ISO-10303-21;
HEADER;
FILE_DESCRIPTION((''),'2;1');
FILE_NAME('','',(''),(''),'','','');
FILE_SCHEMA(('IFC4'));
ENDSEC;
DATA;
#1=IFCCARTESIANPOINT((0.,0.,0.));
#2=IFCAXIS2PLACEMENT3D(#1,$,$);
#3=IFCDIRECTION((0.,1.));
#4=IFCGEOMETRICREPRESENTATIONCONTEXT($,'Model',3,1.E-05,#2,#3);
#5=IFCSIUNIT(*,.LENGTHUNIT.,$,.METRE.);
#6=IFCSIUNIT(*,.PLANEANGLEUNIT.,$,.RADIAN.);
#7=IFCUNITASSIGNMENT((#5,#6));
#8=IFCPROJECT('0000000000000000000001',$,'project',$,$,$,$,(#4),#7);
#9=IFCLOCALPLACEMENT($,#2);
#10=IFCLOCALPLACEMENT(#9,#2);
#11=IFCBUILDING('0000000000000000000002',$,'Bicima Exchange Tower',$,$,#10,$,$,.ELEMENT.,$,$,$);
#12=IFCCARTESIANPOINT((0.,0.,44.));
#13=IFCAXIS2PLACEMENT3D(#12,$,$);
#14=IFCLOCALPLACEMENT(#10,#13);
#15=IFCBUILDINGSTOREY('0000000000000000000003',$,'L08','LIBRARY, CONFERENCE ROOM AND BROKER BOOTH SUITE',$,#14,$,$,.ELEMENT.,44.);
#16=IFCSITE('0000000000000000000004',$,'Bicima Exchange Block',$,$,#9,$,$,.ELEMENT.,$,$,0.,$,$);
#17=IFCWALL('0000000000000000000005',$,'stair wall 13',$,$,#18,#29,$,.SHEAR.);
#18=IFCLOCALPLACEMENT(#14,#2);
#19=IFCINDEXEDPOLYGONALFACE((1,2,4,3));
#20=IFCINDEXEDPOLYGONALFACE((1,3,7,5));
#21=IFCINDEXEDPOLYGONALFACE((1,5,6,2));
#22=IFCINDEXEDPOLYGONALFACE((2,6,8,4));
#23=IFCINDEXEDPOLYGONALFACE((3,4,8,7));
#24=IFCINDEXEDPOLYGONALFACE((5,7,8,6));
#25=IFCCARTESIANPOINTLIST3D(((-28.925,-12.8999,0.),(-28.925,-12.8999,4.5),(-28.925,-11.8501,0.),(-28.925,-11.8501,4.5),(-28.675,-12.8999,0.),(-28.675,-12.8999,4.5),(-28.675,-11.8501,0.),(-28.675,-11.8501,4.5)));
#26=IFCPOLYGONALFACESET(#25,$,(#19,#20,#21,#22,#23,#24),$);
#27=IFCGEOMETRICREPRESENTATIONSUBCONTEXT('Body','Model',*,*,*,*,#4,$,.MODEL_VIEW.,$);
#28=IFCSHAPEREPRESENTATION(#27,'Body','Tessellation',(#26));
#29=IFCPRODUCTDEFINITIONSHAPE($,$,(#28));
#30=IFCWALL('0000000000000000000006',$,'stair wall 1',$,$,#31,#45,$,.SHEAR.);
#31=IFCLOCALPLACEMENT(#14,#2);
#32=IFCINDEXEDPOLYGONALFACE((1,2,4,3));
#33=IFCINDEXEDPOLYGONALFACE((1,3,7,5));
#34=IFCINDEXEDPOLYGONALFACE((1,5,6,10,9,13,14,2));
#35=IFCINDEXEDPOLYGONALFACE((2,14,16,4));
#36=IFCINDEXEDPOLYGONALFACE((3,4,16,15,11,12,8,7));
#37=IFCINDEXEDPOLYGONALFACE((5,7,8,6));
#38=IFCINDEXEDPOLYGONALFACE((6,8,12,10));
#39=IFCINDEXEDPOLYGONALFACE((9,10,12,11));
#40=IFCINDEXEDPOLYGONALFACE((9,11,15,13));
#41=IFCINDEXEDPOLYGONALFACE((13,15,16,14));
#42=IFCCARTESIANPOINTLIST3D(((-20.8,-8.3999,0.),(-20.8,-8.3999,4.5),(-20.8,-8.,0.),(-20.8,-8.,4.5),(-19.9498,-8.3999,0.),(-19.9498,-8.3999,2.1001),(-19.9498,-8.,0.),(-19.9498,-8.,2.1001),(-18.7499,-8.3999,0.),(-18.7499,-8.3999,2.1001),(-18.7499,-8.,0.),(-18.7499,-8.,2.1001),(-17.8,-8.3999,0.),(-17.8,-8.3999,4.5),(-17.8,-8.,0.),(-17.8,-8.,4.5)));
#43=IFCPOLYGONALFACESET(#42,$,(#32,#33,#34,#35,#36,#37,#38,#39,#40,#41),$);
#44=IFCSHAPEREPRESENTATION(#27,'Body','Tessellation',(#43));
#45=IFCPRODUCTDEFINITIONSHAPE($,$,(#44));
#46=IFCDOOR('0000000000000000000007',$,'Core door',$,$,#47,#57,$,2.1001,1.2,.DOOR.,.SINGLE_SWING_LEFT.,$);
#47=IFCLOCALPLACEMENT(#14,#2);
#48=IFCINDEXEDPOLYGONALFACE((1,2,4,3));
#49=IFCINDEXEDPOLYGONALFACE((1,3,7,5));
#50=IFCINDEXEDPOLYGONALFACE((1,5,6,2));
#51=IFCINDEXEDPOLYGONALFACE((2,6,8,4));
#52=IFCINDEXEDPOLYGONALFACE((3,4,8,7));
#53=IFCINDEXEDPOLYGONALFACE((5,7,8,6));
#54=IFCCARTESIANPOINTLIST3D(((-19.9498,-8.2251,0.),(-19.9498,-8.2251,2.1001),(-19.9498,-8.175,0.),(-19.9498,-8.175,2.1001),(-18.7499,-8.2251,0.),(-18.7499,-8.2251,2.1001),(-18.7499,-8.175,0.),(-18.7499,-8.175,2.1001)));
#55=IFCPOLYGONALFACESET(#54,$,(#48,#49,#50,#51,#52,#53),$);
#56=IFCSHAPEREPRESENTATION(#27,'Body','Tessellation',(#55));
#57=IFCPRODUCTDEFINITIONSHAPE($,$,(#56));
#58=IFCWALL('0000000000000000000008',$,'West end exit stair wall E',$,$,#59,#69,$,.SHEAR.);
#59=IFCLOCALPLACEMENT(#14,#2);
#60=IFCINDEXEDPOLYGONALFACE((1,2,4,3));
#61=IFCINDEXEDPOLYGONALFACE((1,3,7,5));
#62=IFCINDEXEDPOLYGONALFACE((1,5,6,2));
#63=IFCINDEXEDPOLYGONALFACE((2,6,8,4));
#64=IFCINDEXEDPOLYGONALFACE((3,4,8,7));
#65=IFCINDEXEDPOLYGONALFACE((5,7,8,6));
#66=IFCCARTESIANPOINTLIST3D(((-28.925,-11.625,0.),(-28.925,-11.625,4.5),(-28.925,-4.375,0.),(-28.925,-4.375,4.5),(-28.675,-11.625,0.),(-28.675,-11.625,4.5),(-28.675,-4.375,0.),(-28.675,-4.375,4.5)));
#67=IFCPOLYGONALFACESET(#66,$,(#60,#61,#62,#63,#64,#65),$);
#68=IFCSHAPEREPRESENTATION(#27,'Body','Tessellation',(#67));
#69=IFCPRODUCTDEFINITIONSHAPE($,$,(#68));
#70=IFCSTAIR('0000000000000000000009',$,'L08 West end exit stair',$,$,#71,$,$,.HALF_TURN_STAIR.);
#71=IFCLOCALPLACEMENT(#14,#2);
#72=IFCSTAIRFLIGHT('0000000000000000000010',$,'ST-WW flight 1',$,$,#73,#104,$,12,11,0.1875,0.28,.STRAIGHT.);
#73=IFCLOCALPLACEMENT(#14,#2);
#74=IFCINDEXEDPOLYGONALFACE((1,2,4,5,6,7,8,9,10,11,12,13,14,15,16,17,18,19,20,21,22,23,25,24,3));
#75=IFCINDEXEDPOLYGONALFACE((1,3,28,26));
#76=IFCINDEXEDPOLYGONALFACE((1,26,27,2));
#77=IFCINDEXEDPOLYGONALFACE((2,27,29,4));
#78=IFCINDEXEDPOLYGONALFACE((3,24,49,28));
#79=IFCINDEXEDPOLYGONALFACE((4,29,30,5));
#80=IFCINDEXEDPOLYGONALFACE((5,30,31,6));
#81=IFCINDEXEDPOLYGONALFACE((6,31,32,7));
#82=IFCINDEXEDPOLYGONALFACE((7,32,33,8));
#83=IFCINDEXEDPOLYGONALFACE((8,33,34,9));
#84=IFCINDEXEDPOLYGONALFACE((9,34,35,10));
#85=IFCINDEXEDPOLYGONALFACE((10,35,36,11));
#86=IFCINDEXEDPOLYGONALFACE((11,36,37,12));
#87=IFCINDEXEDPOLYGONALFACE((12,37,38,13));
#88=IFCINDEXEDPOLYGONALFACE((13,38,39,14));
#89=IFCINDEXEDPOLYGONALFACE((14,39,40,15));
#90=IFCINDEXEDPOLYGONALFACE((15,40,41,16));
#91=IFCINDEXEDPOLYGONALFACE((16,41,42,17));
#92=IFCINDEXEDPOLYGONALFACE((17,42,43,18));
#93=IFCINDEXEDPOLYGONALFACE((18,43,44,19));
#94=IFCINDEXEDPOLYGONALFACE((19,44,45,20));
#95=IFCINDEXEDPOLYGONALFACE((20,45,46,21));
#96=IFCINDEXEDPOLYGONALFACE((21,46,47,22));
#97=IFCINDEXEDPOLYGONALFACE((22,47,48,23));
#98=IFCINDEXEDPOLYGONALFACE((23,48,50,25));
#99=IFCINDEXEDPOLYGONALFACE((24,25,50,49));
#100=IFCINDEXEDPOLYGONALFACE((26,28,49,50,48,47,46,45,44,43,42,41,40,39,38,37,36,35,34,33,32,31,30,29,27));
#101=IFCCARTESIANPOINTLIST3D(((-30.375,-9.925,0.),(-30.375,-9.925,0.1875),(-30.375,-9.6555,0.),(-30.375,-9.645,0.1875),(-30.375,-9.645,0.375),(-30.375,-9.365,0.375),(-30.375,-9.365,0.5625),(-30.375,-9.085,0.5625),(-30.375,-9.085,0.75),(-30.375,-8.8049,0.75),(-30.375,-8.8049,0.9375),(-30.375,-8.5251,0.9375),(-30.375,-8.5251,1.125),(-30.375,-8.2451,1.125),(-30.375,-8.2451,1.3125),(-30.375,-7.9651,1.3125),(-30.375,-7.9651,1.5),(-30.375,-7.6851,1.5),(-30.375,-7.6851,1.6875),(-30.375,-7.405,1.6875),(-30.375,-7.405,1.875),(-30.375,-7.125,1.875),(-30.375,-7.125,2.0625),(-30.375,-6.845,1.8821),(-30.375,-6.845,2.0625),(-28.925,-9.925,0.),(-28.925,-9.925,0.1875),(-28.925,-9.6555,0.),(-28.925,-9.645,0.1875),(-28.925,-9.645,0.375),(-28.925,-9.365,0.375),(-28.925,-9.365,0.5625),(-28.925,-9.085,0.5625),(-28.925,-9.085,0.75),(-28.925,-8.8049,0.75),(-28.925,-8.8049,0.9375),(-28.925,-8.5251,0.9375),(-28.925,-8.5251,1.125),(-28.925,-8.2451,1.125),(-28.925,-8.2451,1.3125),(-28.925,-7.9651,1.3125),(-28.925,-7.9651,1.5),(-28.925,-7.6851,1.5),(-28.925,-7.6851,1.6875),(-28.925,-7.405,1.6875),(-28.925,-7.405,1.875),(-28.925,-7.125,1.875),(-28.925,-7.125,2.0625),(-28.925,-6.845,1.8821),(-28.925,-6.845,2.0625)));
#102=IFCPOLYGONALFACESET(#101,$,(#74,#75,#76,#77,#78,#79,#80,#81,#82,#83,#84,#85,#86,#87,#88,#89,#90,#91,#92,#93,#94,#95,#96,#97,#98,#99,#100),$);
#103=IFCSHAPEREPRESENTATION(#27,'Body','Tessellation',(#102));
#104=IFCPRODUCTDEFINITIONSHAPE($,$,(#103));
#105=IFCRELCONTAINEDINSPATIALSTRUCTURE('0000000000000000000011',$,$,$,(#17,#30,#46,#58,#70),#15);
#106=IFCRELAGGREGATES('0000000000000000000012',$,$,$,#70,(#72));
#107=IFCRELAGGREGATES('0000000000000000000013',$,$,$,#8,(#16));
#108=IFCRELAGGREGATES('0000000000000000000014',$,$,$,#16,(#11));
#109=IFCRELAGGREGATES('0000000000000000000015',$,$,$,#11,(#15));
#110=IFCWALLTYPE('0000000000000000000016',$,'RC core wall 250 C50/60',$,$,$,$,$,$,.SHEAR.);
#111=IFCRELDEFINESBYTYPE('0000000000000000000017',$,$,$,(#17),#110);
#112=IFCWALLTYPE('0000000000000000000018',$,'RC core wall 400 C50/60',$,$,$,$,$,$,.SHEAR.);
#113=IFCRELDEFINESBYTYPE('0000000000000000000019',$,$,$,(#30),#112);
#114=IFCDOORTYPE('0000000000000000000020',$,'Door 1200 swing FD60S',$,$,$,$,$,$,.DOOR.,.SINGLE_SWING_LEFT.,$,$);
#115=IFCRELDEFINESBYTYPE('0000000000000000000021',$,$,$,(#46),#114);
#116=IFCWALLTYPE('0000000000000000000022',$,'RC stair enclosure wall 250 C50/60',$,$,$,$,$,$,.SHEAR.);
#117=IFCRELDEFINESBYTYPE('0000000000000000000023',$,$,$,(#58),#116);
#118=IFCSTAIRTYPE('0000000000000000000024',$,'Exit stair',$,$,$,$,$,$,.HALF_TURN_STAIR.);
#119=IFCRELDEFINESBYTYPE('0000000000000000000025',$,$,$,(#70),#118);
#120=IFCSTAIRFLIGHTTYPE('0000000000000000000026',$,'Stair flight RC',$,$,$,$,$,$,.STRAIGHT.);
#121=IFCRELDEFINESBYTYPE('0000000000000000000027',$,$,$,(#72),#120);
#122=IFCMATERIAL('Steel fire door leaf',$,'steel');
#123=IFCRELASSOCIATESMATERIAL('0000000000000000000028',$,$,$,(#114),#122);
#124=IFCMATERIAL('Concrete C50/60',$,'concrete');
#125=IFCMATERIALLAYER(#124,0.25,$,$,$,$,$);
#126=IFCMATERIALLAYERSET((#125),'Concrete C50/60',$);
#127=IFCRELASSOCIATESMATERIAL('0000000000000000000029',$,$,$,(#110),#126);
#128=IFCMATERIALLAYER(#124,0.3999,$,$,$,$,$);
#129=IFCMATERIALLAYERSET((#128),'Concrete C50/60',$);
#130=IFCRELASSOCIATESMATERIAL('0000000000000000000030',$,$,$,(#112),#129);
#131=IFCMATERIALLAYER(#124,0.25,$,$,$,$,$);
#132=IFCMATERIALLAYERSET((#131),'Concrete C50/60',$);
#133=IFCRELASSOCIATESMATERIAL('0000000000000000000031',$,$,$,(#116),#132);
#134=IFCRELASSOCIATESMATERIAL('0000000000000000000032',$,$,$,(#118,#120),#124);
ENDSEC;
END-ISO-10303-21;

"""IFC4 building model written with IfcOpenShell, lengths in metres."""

from ifc_helpers import new_model, si_unit, direction, frame, frame_2d, origin, place, context, subcontext, project, spatial, polyline, rectangle, outline, extrude, material, layer, layer_set, type_object, element, fill, aggregate, save


model = new_model("IFC4")

# Units and contexts
model_context = context("Model", 3, precision=1e-05, world=origin(), true_north=direction((0.0, 1.0)))
body_context = subcontext(model_context, "Body", "Model", "MODEL_VIEW")
ifc_project = project(units=[si_unit("LENGTHUNIT", "METRE"), si_unit("PLANEANGLEUNIT", "RADIAN")], contexts=[model_context])

# Site, building, storey
site_placement = place(None, origin())
site = spatial("IfcSite", under=ifc_project, at=site_placement, Name="Bicima Exchange Block", CompositionType="ELEMENT", RefElevation=0.0)
building_placement = place(site_placement, origin())
building = spatial("IfcBuilding", under=site, at=building_placement, Name="Bicima Exchange Tower", CompositionType="ELEMENT")
storey_placement = place(building_placement, frame((0.0, 0.0, 44.0)))
storey = spatial("IfcBuildingStorey", under=building, at=storey_placement, Name="L08", Description="LIBRARY, CONFERENCE ROOM AND BROKER BOOTH SUITE", CompositionType="ELEMENT", Elevation=44.0)

# Shared definitions
ifc_material_1 = material(Name="Steel fire door leaf", Category="steel")
door_type_1 = type_object("IfcDoorType", Name="Door 1200 swing FD60S", OperationType="SINGLE_SWING_LEFT", PredefinedType="DOOR", material=ifc_material_1)

# Wall
ifc_material_2 = material(Name="Concrete C50/60", Category="concrete")
ifc_layer_1 = layer(ifc_material_2, 0.25)
ifc_layer_set_1 = layer_set([ifc_layer_1], Name="Concrete C50/60")
wall_type_1 = type_object("IfcWallType", Name="RC core wall 250 C50/60", PredefinedType="SHEAR", material=ifc_layer_set_1)
wall_1_placement = place(storey_placement, frame((-28.8, -12.8999, 0.0), z_axis=(0.0, 0.0, 1.0), x_axis=(0.0, 1.0, 0.0)))
element("IfcWall", 1, at=wall_1_placement, inside=storey, type_object=wall_type_1, Name="stair wall 13", PredefinedType="SHEAR", context=body_context, shape_type="SweptSolid", body=[
    extrude(rectangle(XDim=1.0498, YDim=0.25, at=frame_2d((0.5249, 0.0))), origin(), (0.0, 0.0, 1.0), 4.5),
])

# Wall, opening, door
ifc_layer_2 = layer(ifc_material_2, 0.3999)
ifc_layer_set_2 = layer_set([ifc_layer_2], Name="Concrete C50/60")
wall_type_2 = type_object("IfcWallType", Name="RC core wall 400 C50/60", PredefinedType="SHEAR", material=ifc_layer_set_2)
wall_2_placement = place(storey_placement, frame((-20.8, -8.2, 0.0), z_axis=(0.0, 0.0, 1.0), x_axis=(1.0, 0.0, 0.0)))
wall_2 = element("IfcWall", 2, at=wall_2_placement, inside=storey, type_object=wall_type_2, Name="stair wall 1", PredefinedType="SHEAR", context=body_context, shape_type="SweptSolid", body=[
    extrude(rectangle(XDim=3.0, YDim=0.3999, at=frame_2d((1.5, 0.0))), origin(), (0.0, 0.0, 1.0), 4.5),
])
opening_1_placement = place(wall_2_placement, frame((0.8501, 0.0, 0.0)))
opening_1 = element("IfcOpeningElement", 3, at=opening_1_placement, cuts=wall_2, PredefinedType="OPENING", context=body_context, shape_type="SweptSolid", body=[
    extrude(rectangle(XDim=1.2, YDim=2.1001, at=frame_2d((0.6001, 1.05))), frame((0.0, 0.2119, 0.0), z_axis=(0.0, -1.0, 0.0), x_axis=(1.0, 0.0, 0.0)), (0.0, 0.0, 1.0), 0.4238),
])
door_1_placement = place(opening_1_placement, origin())
door_1 = element("IfcDoor", 4, at=door_1_placement, inside=storey, type_object=door_type_1, Name="Core door", OperationType="SINGLE_SWING_LEFT", OverallHeight=2.1001, OverallWidth=1.2, PredefinedType="DOOR", context=body_context, shape_type="SweptSolid", body=[
    extrude(rectangle(XDim=1.2, YDim=2.1001, at=frame_2d((0.6001, 1.05))), frame((0.0, 0.0249, 0.0), z_axis=(0.0, -1.0, 0.0), x_axis=(1.0, 0.0, 0.0)), (0.0, 0.0, 1.0), 0.05),
])
fill(opening_1, door_1)

# Wall
ifc_layer_3 = layer(ifc_material_2, 0.25)
ifc_layer_set_3 = layer_set([ifc_layer_3], Name="Concrete C50/60")
wall_type_3 = type_object("IfcWallType", Name="RC stair enclosure wall 250 C50/60", PredefinedType="SHEAR", material=ifc_layer_set_3)
wall_3_placement = place(storey_placement, frame((-28.8, -11.625, 0.0), z_axis=(0.0, 0.0, 1.0), x_axis=(0.0, 1.0, 0.0)))
element("IfcWall", 5, at=wall_3_placement, inside=storey, type_object=wall_type_3, Name="West end exit stair wall E", PredefinedType="SHEAR", context=body_context, shape_type="SweptSolid", body=[
    extrude(rectangle(XDim=7.25, YDim=0.25, at=frame_2d((3.625, 0.0))), origin(), (0.0, 0.0, 1.0), 4.5),
])

# Stair, stair flight
stair_type = type_object("IfcStairType", Name="Exit stair", PredefinedType="HALF_TURN_STAIR", material=ifc_material_2)
stair_placement = place(storey_placement, origin())
stair = element("IfcStair", 6, at=stair_placement, inside=storey, type_object=stair_type, Name="L08 West end exit stair", PredefinedType="HALF_TURN_STAIR")
stair_flight_type = type_object("IfcStairFlightType", Name="Stair flight RC", PredefinedType="STRAIGHT", material=ifc_material_2)
stair_flight_placement = place(storey_placement, frame((-29.6499, -9.925, 0.0), z_axis=(0.0, 0.0, 1.0), x_axis=(0.0, 1.0, 0.0)))
stair_flight = element("IfcStairFlight", 7, at=stair_flight_placement, type_object=stair_flight_type, Name="ST-WW flight 1", NumberOfRisers=12, NumberOfTreads=11, PredefinedType="STRAIGHT", RiserHeight=0.1875, TreadLength=0.28, context=body_context, shape_type="SweptSolid", body=[
    extrude(outline(polyline([(0.0, 0.0), (0.0, 0.1875), (0.28, 0.1875), (0.28, 0.375), (0.5601, 0.375), (0.5601, 0.5625), (0.8401, 0.5625), (0.8401, 0.75), (1.1201, 0.75), (1.1201, 0.9375), (1.3999, 0.9375), (1.3999, 1.125), (1.6799, 1.125), (1.6799, 1.3125), (1.96, 1.3125), (1.96, 1.5), (2.24, 1.5), (2.24, 1.6875), (2.52, 1.6875), (2.52, 1.875), (2.8, 1.875), (2.8, 2.0625), (3.0801, 2.0625), (3.0801, 2.25), (3.0801, 1.8821), (0.2695, 0.0), (0.0, 0.0)])), frame((0.0, 0.7251, 0.0), z_axis=(0.0, -1.0, 0.0), x_axis=(1.0, 0.0, 0.0)), (0.0, 0.0, 1.0), 1.45),
])
aggregate(stair, [stair_flight])

save(model, "model.ifc")
